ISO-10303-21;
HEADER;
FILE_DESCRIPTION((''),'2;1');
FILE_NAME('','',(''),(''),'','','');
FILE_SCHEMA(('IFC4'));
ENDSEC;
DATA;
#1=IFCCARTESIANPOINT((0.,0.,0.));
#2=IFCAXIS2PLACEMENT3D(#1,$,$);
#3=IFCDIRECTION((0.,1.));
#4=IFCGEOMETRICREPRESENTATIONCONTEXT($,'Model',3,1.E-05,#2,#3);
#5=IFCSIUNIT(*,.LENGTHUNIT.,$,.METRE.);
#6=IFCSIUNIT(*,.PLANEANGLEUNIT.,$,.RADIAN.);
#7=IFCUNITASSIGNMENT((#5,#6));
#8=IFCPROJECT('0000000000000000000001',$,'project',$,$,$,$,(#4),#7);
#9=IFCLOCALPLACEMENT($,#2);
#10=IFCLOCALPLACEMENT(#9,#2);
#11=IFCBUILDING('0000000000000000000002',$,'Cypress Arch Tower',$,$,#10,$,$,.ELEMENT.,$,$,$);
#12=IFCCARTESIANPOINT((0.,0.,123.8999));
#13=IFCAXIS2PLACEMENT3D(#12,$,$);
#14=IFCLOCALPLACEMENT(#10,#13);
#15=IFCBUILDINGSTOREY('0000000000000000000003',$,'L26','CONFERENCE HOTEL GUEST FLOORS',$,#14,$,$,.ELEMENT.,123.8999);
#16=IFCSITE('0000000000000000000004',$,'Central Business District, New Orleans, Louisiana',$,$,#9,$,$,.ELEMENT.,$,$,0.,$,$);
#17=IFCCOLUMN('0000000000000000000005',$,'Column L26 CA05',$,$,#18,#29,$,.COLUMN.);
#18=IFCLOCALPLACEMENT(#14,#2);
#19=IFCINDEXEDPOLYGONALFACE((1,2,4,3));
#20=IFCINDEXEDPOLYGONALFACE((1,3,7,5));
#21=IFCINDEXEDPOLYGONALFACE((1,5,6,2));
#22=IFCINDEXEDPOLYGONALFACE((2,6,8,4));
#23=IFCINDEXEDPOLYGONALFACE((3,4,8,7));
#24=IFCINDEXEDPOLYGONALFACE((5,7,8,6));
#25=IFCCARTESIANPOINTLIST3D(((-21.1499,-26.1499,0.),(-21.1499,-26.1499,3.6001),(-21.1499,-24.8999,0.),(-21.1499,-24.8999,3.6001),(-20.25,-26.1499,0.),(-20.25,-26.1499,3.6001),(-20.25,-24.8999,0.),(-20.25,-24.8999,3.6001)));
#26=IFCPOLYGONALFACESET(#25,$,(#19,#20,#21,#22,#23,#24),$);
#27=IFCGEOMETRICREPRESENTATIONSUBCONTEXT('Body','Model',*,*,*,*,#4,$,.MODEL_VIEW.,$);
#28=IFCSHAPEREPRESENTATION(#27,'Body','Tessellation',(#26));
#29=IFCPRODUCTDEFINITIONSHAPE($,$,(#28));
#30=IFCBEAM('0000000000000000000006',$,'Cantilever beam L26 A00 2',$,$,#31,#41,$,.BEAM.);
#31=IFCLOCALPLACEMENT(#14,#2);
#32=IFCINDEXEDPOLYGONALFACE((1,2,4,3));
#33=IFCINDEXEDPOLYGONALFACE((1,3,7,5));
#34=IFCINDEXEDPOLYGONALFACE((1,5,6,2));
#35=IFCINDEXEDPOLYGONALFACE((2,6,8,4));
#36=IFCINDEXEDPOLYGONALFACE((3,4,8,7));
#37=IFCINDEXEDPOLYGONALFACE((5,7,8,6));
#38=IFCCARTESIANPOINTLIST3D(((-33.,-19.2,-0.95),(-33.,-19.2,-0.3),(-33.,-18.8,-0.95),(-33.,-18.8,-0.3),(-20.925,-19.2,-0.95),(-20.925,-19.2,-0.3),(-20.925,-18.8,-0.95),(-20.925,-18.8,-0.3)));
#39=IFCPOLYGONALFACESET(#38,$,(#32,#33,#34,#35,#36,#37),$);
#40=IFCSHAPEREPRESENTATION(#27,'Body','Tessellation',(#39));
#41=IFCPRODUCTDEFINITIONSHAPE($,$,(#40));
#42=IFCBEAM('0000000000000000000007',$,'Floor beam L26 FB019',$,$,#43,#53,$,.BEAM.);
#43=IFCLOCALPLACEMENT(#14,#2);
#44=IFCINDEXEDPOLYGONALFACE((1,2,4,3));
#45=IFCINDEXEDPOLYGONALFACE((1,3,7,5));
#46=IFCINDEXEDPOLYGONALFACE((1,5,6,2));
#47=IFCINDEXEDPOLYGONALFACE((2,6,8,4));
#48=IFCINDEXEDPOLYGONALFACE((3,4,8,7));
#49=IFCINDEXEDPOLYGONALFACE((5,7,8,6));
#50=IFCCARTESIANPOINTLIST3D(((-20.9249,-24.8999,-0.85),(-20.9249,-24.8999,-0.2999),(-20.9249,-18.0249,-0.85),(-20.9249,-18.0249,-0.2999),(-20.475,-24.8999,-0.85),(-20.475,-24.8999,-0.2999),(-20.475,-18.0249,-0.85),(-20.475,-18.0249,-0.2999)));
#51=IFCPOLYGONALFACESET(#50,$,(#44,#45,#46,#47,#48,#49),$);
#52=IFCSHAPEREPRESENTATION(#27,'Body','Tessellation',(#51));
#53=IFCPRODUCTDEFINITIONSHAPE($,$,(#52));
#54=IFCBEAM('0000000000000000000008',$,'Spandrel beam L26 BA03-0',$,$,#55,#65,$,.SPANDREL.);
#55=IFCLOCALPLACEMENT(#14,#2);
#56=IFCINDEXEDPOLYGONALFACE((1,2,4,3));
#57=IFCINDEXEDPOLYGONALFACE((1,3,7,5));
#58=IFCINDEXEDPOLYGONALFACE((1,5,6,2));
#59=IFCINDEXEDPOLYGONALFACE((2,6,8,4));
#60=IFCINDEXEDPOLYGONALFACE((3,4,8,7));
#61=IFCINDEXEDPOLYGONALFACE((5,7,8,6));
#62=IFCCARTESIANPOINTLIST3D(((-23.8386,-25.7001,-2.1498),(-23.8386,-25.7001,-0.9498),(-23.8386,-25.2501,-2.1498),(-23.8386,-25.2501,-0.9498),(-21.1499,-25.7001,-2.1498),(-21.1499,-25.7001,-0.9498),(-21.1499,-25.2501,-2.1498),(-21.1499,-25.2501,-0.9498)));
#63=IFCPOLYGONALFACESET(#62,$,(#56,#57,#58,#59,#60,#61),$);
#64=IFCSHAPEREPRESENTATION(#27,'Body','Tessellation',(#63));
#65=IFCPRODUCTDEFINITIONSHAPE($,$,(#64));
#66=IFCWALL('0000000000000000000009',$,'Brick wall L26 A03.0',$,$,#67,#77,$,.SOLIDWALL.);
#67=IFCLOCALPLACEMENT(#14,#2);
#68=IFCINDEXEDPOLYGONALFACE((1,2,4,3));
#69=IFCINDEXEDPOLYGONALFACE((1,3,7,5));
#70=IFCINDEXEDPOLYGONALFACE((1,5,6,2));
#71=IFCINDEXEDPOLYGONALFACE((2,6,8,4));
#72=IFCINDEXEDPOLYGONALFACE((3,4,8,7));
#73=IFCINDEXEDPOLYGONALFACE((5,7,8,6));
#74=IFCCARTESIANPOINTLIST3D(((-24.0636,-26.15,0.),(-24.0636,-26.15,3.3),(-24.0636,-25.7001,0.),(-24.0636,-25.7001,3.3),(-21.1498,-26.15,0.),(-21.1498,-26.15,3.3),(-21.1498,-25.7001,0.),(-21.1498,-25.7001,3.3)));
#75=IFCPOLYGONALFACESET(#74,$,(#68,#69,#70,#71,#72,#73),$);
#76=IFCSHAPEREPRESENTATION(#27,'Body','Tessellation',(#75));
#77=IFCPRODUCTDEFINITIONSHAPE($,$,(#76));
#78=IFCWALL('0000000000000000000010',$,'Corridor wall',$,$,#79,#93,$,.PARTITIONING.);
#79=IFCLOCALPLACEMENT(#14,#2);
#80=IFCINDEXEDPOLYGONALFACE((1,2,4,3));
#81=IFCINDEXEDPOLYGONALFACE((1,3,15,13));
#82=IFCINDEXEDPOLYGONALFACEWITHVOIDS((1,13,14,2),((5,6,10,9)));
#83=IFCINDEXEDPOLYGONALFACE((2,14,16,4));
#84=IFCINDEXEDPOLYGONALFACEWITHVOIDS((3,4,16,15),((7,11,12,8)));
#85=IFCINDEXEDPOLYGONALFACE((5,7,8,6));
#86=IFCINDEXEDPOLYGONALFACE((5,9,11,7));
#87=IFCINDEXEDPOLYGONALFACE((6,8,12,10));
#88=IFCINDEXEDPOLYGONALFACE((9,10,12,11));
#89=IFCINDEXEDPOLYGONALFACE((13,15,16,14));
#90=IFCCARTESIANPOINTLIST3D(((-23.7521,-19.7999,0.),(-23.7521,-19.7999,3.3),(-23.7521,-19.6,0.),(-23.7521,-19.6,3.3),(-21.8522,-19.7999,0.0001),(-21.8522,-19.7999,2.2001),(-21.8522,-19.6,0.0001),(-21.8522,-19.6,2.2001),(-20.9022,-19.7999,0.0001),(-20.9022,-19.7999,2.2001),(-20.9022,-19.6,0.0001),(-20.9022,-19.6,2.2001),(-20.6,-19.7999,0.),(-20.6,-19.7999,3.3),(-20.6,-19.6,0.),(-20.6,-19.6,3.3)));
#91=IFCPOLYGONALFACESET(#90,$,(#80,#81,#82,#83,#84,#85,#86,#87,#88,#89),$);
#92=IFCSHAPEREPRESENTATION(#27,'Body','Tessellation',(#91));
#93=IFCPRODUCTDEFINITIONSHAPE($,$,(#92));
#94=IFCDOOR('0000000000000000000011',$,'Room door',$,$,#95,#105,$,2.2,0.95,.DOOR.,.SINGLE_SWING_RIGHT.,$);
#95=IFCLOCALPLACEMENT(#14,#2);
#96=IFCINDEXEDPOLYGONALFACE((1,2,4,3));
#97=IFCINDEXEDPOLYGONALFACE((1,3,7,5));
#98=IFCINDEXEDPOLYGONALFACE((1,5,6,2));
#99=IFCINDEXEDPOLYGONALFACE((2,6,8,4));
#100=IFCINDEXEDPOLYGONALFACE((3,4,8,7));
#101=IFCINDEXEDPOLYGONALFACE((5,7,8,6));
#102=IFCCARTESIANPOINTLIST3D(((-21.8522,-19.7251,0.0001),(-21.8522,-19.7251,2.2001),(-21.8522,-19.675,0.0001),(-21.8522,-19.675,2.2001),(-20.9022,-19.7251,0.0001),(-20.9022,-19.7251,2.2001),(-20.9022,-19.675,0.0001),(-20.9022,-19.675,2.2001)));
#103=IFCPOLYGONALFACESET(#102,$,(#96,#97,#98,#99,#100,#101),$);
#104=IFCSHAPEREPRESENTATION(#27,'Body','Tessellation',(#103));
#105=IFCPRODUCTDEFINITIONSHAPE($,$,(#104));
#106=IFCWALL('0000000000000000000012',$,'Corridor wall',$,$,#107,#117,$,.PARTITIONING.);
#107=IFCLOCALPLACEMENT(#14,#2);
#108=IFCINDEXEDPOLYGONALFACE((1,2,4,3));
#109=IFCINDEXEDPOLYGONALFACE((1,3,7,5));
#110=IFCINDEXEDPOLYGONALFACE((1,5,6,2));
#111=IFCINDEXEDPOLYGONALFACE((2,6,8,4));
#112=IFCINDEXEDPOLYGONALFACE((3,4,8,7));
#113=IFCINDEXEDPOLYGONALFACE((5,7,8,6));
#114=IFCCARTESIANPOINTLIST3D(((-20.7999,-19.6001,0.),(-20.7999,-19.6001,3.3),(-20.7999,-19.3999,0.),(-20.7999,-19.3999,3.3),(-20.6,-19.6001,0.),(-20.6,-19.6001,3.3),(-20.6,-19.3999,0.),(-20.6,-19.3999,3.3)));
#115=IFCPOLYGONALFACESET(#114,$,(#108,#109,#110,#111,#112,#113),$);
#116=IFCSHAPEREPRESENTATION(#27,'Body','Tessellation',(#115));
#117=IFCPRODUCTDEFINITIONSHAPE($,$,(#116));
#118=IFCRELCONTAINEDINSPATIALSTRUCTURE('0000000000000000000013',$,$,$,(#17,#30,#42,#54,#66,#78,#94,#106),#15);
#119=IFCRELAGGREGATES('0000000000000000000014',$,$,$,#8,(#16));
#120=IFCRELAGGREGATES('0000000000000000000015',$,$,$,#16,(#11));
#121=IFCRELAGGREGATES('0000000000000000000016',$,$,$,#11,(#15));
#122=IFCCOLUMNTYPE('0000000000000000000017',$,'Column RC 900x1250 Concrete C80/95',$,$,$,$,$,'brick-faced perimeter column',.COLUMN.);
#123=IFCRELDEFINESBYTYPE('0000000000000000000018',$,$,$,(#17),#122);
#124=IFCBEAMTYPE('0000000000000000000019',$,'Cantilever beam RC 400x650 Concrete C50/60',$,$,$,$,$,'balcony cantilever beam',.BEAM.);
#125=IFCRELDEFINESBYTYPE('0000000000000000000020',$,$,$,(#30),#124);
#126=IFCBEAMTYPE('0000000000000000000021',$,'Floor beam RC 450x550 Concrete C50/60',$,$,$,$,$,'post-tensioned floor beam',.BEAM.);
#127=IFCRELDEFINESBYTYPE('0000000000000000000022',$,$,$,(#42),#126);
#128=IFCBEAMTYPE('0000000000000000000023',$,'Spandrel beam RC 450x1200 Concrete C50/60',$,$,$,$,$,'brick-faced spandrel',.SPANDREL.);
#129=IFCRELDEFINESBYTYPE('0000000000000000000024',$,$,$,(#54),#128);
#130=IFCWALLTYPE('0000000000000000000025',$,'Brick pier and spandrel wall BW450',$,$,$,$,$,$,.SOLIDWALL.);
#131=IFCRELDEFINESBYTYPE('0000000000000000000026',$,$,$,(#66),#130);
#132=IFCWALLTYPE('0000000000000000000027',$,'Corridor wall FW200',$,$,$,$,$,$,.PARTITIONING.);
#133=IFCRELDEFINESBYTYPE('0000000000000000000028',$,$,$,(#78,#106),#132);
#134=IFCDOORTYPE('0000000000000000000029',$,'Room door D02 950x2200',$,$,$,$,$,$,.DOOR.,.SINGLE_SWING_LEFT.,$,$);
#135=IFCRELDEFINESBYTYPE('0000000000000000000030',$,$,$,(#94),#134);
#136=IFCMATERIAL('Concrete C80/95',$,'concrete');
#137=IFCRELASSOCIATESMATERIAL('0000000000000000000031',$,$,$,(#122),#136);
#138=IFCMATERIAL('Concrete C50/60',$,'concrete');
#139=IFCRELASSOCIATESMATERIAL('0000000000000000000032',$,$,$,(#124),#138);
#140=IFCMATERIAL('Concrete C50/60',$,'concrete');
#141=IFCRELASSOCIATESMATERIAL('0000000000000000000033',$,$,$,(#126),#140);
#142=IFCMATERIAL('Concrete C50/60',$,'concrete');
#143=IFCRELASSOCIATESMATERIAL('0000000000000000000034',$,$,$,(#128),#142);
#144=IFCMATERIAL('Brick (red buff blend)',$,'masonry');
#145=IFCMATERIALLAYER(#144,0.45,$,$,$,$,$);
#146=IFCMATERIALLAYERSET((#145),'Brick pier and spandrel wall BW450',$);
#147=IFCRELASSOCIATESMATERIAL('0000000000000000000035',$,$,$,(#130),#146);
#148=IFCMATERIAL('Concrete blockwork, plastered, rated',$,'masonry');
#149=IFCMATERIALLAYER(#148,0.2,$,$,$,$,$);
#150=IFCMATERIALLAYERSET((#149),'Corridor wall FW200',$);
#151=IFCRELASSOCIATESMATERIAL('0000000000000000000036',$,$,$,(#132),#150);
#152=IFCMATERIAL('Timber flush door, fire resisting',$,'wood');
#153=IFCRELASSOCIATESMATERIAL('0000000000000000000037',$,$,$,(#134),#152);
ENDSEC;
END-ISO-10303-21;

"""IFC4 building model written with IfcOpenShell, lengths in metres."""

from ifc_helpers import new_model, si_unit, direction, frame, frame_2d, origin, origin_2d, place, context, subcontext, project, spatial, rectangle, extrude, material, layer, layer_set, material_profile, profile_set, type_object, element, fill, save


model = new_model("IFC4")

# Units and contexts
model_context = context("Model", 3, precision=1e-05, world=origin(), true_north=direction((0.0, 1.0)))
body_context = subcontext(model_context, "Body", "Model", "MODEL_VIEW")
ifc_project = project(units=[si_unit("LENGTHUNIT", "METRE"), si_unit("PLANEANGLEUNIT", "RADIAN")], contexts=[model_context])

# Site, building, storey
site_placement = place(None, origin())
site = spatial("IfcSite", under=ifc_project, at=site_placement, Name="Central Business District, New Orleans, Louisiana", CompositionType="ELEMENT", RefElevation=0.0)
building_placement = place(site_placement, origin())
building = spatial("IfcBuilding", under=site, at=building_placement, Name="Cypress Arch Tower", CompositionType="ELEMENT")
storey_placement = place(building_placement, frame((0.0, 0.0, 123.8999)))
storey = spatial("IfcBuildingStorey", under=building, at=storey_placement, Name="L26", Description="CONFERENCE HOTEL GUEST FLOORS", CompositionType="ELEMENT", Elevation=123.8999)

# Column
ifc_material_1 = material(Name="Concrete C80/95", Category="concrete")
ifc_material_profile_1 = material_profile(ifc_material_1, rectangle(XDim=0.8999, YDim=1.25, at=origin_2d()), Name="RC 900x1250")
ifc_profile_set_1 = profile_set([ifc_material_profile_1], Name="Concrete C80/95")
column_type = type_object("IfcColumnType", Name="Column RC 900x1250 Concrete C80/95", ElementType="brick-faced perimeter column", PredefinedType="COLUMN", material=ifc_profile_set_1)
column_placement = place(storey_placement, frame((-20.7, -25.5249, 0.0), z_axis=(0.0, 0.0, 1.0), x_axis=(1.0, 0.0, 0.0)))
element("IfcColumn", 1, at=column_placement, inside=storey, type_object=column_type, Name="Column L26 CA05", PredefinedType="COLUMN", context=body_context, shape_type="SweptSolid", body=[
    extrude(rectangle(XDim=0.8999, YDim=1.25, at=origin_2d()), origin(), (0.0, 0.0, 1.0), 3.6001),
])

# Beams
ifc_material_2 = material(Name="Concrete C50/60", Category="concrete")
ifc_material_profile_2 = material_profile(ifc_material_2, rectangle(XDim=0.3999, YDim=0.6499, at=origin_2d()), Name="RC 400x650")
ifc_profile_set_2 = profile_set([ifc_material_profile_2], Name="Concrete C50/60")
beam_type_1 = type_object("IfcBeamType", Name="Cantilever beam RC 400x650 Concrete C50/60", ElementType="balcony cantilever beam", PredefinedType="BEAM", material=ifc_profile_set_2)
beam_1_placement = place(storey_placement, frame((-20.925, -19.0, -0.625), z_axis=(-1.0, 0.0, 0.0), x_axis=(0.0, -1.0, 0.0)))
element("IfcBeam", 2, at=beam_1_placement, inside=storey, type_object=beam_type_1, Name="Cantilever beam L26 A00 2", PredefinedType="BEAM", context=body_context, shape_type="SweptSolid", body=[
    extrude(rectangle(XDim=0.3999, YDim=0.6499, at=origin_2d()), origin(), (0.0, 0.0, 1.0), 12.075),
])
ifc_material_3 = material(Name="Concrete C50/60", Category="concrete")
ifc_material_profile_3 = material_profile(ifc_material_3, rectangle(XDim=0.45, YDim=0.55, at=origin_2d()), Name="RC 450x550")
ifc_profile_set_3 = profile_set([ifc_material_profile_3], Name="Concrete C50/60")
beam_type_2 = type_object("IfcBeamType", Name="Floor beam RC 450x550 Concrete C50/60", ElementType="post-tensioned floor beam", PredefinedType="BEAM", material=ifc_profile_set_3)
beam_2_placement = place(storey_placement, frame((-20.7, -24.8999, -0.575), z_axis=(0.0, 1.0, 0.0), x_axis=(-1.0, 0.0, 0.0)))
element("IfcBeam", 3, at=beam_2_placement, inside=storey, type_object=beam_type_2, Name="Floor beam L26 FB019", PredefinedType="BEAM", context=body_context, shape_type="SweptSolid", body=[
    extrude(rectangle(XDim=0.45, YDim=0.55, at=origin_2d()), origin(), (0.0, 0.0, 1.0), 6.875),
])
ifc_material_4 = material(Name="Concrete C50/60", Category="concrete")
ifc_material_profile_4 = material_profile(ifc_material_4, rectangle(XDim=0.45, YDim=1.2, at=origin_2d()), Name="RC 450x1200")
ifc_profile_set_4 = profile_set([ifc_material_profile_4], Name="Concrete C50/60")
beam_type_3 = type_object("IfcBeamType", Name="Spandrel beam RC 450x1200 Concrete C50/60", ElementType="brick-faced spandrel", PredefinedType="SPANDREL", material=ifc_profile_set_4)
beam_3_placement = place(storey_placement, frame((-23.8386, -25.4751, -1.5498), z_axis=(1.0, 0.0, 0.0), x_axis=(0.0, 1.0, 0.0)))
element("IfcBeam", 4, at=beam_3_placement, inside=storey, type_object=beam_type_3, Name="Spandrel beam L26 BA03-0", PredefinedType="SPANDREL", context=body_context, shape_type="SweptSolid", body=[
    extrude(rectangle(XDim=0.45, YDim=1.2, at=origin_2d()), origin(), (0.0, 0.0, 1.0), 2.6887),
])

# Wall
ifc_material_5 = material(Name="Brick (red buff blend)", Category="masonry")
ifc_layer_1 = layer(ifc_material_5, 0.45)
ifc_layer_set_1 = layer_set([ifc_layer_1], Name="Brick pier and spandrel wall BW450")
wall_type_1 = type_object("IfcWallType", Name="Brick pier and spandrel wall BW450", PredefinedType="SOLIDWALL", material=ifc_layer_set_1)
wall_1_placement = place(storey_placement, frame((-24.0637, -25.925, 0.0), z_axis=(0.0, 0.0, 1.0), x_axis=(1.0, 0.0, 0.0)))
element("IfcWall", 5, at=wall_1_placement, inside=storey, type_object=wall_type_1, Name="Brick wall L26 A03.0", PredefinedType="SOLIDWALL", context=body_context, shape_type="SweptSolid", body=[
    extrude(rectangle(XDim=2.9138, YDim=0.45, at=frame_2d((1.457, 0.0))), origin(), (0.0, 0.0, 1.0), 3.3),
])

# Wall, opening, door
ifc_material_6 = material(Name="Concrete blockwork, plastered, rated", Category="masonry")
ifc_layer_2 = layer(ifc_material_6, 0.2)
ifc_layer_set_2 = layer_set([ifc_layer_2], Name="Corridor wall FW200")
wall_type_2 = type_object("IfcWallType", Name="Corridor wall FW200", PredefinedType="PARTITIONING", material=ifc_layer_set_2)
wall_2_placement = place(storey_placement, frame((-23.7522, -19.7, 0.0), z_axis=(0.0, 0.0, 1.0), x_axis=(1.0, 0.0, 0.0)))
wall_2 = element("IfcWall", 6, at=wall_2_placement, inside=storey, type_object=wall_type_2, Name="Corridor wall", PredefinedType="PARTITIONING", context=body_context, shape_type="SweptSolid", body=[
    extrude(rectangle(XDim=3.1521, YDim=0.2, at=frame_2d((1.5762, 0.0))), origin(), (0.0, 0.0, 1.0), 3.3),
])
opening_1_placement = place(wall_2_placement, frame((1.8999, 0.0, 0.0)))
opening_1 = element("IfcOpeningElement", 7, at=opening_1_placement, cuts=wall_2, PredefinedType="OPENING", context=body_context, shape_type="SweptSolid", body=[
    extrude(rectangle(XDim=0.95, YDim=2.2, at=frame_2d((0.4751, 1.1001))), frame((0.0, 0.1099, 0.0), z_axis=(0.0, -1.0, 0.0), x_axis=(1.0, 0.0, 0.0)), (0.0, 0.0, 1.0), 0.22),
])
ifc_material_7 = material(Name="Timber flush door, fire resisting", Category="wood")
door_type_1 = type_object("IfcDoorType", Name="Room door D02 950x2200", OperationType="SINGLE_SWING_LEFT", PredefinedType="DOOR", material=ifc_material_7)
door_1_placement = place(opening_1_placement, origin())
door_1 = element("IfcDoor", 8, at=door_1_placement, inside=storey, type_object=door_type_1, Name="Room door", OperationType="SINGLE_SWING_RIGHT", OverallHeight=2.2, OverallWidth=0.95, PredefinedType="DOOR", context=body_context, shape_type="SweptSolid", body=[
    extrude(rectangle(XDim=0.95, YDim=2.2, at=frame_2d((0.4751, 1.1001))), frame((0.0, 0.0249, 0.0), z_axis=(0.0, -1.0, 0.0), x_axis=(1.0, 0.0, 0.0)), (0.0, 0.0, 1.0), 0.05),
])
fill(opening_1, door_1)

# Wall
wall_3_placement = place(storey_placement, frame((-20.7, -19.6001, 0.0), z_axis=(0.0, 0.0, 1.0), x_axis=(0.0, 1.0, 0.0)))
element("IfcWall", 9, at=wall_3_placement, inside=storey, type_object=wall_type_2, Name="Corridor wall", PredefinedType="PARTITIONING", context=body_context, shape_type="SweptSolid", body=[
    extrude(rectangle(XDim=0.2002, YDim=0.2, at=frame_2d((0.1001, 0.0))), origin(), (0.0, 0.0, 1.0), 3.3),
])

save(model, "model.ifc")
